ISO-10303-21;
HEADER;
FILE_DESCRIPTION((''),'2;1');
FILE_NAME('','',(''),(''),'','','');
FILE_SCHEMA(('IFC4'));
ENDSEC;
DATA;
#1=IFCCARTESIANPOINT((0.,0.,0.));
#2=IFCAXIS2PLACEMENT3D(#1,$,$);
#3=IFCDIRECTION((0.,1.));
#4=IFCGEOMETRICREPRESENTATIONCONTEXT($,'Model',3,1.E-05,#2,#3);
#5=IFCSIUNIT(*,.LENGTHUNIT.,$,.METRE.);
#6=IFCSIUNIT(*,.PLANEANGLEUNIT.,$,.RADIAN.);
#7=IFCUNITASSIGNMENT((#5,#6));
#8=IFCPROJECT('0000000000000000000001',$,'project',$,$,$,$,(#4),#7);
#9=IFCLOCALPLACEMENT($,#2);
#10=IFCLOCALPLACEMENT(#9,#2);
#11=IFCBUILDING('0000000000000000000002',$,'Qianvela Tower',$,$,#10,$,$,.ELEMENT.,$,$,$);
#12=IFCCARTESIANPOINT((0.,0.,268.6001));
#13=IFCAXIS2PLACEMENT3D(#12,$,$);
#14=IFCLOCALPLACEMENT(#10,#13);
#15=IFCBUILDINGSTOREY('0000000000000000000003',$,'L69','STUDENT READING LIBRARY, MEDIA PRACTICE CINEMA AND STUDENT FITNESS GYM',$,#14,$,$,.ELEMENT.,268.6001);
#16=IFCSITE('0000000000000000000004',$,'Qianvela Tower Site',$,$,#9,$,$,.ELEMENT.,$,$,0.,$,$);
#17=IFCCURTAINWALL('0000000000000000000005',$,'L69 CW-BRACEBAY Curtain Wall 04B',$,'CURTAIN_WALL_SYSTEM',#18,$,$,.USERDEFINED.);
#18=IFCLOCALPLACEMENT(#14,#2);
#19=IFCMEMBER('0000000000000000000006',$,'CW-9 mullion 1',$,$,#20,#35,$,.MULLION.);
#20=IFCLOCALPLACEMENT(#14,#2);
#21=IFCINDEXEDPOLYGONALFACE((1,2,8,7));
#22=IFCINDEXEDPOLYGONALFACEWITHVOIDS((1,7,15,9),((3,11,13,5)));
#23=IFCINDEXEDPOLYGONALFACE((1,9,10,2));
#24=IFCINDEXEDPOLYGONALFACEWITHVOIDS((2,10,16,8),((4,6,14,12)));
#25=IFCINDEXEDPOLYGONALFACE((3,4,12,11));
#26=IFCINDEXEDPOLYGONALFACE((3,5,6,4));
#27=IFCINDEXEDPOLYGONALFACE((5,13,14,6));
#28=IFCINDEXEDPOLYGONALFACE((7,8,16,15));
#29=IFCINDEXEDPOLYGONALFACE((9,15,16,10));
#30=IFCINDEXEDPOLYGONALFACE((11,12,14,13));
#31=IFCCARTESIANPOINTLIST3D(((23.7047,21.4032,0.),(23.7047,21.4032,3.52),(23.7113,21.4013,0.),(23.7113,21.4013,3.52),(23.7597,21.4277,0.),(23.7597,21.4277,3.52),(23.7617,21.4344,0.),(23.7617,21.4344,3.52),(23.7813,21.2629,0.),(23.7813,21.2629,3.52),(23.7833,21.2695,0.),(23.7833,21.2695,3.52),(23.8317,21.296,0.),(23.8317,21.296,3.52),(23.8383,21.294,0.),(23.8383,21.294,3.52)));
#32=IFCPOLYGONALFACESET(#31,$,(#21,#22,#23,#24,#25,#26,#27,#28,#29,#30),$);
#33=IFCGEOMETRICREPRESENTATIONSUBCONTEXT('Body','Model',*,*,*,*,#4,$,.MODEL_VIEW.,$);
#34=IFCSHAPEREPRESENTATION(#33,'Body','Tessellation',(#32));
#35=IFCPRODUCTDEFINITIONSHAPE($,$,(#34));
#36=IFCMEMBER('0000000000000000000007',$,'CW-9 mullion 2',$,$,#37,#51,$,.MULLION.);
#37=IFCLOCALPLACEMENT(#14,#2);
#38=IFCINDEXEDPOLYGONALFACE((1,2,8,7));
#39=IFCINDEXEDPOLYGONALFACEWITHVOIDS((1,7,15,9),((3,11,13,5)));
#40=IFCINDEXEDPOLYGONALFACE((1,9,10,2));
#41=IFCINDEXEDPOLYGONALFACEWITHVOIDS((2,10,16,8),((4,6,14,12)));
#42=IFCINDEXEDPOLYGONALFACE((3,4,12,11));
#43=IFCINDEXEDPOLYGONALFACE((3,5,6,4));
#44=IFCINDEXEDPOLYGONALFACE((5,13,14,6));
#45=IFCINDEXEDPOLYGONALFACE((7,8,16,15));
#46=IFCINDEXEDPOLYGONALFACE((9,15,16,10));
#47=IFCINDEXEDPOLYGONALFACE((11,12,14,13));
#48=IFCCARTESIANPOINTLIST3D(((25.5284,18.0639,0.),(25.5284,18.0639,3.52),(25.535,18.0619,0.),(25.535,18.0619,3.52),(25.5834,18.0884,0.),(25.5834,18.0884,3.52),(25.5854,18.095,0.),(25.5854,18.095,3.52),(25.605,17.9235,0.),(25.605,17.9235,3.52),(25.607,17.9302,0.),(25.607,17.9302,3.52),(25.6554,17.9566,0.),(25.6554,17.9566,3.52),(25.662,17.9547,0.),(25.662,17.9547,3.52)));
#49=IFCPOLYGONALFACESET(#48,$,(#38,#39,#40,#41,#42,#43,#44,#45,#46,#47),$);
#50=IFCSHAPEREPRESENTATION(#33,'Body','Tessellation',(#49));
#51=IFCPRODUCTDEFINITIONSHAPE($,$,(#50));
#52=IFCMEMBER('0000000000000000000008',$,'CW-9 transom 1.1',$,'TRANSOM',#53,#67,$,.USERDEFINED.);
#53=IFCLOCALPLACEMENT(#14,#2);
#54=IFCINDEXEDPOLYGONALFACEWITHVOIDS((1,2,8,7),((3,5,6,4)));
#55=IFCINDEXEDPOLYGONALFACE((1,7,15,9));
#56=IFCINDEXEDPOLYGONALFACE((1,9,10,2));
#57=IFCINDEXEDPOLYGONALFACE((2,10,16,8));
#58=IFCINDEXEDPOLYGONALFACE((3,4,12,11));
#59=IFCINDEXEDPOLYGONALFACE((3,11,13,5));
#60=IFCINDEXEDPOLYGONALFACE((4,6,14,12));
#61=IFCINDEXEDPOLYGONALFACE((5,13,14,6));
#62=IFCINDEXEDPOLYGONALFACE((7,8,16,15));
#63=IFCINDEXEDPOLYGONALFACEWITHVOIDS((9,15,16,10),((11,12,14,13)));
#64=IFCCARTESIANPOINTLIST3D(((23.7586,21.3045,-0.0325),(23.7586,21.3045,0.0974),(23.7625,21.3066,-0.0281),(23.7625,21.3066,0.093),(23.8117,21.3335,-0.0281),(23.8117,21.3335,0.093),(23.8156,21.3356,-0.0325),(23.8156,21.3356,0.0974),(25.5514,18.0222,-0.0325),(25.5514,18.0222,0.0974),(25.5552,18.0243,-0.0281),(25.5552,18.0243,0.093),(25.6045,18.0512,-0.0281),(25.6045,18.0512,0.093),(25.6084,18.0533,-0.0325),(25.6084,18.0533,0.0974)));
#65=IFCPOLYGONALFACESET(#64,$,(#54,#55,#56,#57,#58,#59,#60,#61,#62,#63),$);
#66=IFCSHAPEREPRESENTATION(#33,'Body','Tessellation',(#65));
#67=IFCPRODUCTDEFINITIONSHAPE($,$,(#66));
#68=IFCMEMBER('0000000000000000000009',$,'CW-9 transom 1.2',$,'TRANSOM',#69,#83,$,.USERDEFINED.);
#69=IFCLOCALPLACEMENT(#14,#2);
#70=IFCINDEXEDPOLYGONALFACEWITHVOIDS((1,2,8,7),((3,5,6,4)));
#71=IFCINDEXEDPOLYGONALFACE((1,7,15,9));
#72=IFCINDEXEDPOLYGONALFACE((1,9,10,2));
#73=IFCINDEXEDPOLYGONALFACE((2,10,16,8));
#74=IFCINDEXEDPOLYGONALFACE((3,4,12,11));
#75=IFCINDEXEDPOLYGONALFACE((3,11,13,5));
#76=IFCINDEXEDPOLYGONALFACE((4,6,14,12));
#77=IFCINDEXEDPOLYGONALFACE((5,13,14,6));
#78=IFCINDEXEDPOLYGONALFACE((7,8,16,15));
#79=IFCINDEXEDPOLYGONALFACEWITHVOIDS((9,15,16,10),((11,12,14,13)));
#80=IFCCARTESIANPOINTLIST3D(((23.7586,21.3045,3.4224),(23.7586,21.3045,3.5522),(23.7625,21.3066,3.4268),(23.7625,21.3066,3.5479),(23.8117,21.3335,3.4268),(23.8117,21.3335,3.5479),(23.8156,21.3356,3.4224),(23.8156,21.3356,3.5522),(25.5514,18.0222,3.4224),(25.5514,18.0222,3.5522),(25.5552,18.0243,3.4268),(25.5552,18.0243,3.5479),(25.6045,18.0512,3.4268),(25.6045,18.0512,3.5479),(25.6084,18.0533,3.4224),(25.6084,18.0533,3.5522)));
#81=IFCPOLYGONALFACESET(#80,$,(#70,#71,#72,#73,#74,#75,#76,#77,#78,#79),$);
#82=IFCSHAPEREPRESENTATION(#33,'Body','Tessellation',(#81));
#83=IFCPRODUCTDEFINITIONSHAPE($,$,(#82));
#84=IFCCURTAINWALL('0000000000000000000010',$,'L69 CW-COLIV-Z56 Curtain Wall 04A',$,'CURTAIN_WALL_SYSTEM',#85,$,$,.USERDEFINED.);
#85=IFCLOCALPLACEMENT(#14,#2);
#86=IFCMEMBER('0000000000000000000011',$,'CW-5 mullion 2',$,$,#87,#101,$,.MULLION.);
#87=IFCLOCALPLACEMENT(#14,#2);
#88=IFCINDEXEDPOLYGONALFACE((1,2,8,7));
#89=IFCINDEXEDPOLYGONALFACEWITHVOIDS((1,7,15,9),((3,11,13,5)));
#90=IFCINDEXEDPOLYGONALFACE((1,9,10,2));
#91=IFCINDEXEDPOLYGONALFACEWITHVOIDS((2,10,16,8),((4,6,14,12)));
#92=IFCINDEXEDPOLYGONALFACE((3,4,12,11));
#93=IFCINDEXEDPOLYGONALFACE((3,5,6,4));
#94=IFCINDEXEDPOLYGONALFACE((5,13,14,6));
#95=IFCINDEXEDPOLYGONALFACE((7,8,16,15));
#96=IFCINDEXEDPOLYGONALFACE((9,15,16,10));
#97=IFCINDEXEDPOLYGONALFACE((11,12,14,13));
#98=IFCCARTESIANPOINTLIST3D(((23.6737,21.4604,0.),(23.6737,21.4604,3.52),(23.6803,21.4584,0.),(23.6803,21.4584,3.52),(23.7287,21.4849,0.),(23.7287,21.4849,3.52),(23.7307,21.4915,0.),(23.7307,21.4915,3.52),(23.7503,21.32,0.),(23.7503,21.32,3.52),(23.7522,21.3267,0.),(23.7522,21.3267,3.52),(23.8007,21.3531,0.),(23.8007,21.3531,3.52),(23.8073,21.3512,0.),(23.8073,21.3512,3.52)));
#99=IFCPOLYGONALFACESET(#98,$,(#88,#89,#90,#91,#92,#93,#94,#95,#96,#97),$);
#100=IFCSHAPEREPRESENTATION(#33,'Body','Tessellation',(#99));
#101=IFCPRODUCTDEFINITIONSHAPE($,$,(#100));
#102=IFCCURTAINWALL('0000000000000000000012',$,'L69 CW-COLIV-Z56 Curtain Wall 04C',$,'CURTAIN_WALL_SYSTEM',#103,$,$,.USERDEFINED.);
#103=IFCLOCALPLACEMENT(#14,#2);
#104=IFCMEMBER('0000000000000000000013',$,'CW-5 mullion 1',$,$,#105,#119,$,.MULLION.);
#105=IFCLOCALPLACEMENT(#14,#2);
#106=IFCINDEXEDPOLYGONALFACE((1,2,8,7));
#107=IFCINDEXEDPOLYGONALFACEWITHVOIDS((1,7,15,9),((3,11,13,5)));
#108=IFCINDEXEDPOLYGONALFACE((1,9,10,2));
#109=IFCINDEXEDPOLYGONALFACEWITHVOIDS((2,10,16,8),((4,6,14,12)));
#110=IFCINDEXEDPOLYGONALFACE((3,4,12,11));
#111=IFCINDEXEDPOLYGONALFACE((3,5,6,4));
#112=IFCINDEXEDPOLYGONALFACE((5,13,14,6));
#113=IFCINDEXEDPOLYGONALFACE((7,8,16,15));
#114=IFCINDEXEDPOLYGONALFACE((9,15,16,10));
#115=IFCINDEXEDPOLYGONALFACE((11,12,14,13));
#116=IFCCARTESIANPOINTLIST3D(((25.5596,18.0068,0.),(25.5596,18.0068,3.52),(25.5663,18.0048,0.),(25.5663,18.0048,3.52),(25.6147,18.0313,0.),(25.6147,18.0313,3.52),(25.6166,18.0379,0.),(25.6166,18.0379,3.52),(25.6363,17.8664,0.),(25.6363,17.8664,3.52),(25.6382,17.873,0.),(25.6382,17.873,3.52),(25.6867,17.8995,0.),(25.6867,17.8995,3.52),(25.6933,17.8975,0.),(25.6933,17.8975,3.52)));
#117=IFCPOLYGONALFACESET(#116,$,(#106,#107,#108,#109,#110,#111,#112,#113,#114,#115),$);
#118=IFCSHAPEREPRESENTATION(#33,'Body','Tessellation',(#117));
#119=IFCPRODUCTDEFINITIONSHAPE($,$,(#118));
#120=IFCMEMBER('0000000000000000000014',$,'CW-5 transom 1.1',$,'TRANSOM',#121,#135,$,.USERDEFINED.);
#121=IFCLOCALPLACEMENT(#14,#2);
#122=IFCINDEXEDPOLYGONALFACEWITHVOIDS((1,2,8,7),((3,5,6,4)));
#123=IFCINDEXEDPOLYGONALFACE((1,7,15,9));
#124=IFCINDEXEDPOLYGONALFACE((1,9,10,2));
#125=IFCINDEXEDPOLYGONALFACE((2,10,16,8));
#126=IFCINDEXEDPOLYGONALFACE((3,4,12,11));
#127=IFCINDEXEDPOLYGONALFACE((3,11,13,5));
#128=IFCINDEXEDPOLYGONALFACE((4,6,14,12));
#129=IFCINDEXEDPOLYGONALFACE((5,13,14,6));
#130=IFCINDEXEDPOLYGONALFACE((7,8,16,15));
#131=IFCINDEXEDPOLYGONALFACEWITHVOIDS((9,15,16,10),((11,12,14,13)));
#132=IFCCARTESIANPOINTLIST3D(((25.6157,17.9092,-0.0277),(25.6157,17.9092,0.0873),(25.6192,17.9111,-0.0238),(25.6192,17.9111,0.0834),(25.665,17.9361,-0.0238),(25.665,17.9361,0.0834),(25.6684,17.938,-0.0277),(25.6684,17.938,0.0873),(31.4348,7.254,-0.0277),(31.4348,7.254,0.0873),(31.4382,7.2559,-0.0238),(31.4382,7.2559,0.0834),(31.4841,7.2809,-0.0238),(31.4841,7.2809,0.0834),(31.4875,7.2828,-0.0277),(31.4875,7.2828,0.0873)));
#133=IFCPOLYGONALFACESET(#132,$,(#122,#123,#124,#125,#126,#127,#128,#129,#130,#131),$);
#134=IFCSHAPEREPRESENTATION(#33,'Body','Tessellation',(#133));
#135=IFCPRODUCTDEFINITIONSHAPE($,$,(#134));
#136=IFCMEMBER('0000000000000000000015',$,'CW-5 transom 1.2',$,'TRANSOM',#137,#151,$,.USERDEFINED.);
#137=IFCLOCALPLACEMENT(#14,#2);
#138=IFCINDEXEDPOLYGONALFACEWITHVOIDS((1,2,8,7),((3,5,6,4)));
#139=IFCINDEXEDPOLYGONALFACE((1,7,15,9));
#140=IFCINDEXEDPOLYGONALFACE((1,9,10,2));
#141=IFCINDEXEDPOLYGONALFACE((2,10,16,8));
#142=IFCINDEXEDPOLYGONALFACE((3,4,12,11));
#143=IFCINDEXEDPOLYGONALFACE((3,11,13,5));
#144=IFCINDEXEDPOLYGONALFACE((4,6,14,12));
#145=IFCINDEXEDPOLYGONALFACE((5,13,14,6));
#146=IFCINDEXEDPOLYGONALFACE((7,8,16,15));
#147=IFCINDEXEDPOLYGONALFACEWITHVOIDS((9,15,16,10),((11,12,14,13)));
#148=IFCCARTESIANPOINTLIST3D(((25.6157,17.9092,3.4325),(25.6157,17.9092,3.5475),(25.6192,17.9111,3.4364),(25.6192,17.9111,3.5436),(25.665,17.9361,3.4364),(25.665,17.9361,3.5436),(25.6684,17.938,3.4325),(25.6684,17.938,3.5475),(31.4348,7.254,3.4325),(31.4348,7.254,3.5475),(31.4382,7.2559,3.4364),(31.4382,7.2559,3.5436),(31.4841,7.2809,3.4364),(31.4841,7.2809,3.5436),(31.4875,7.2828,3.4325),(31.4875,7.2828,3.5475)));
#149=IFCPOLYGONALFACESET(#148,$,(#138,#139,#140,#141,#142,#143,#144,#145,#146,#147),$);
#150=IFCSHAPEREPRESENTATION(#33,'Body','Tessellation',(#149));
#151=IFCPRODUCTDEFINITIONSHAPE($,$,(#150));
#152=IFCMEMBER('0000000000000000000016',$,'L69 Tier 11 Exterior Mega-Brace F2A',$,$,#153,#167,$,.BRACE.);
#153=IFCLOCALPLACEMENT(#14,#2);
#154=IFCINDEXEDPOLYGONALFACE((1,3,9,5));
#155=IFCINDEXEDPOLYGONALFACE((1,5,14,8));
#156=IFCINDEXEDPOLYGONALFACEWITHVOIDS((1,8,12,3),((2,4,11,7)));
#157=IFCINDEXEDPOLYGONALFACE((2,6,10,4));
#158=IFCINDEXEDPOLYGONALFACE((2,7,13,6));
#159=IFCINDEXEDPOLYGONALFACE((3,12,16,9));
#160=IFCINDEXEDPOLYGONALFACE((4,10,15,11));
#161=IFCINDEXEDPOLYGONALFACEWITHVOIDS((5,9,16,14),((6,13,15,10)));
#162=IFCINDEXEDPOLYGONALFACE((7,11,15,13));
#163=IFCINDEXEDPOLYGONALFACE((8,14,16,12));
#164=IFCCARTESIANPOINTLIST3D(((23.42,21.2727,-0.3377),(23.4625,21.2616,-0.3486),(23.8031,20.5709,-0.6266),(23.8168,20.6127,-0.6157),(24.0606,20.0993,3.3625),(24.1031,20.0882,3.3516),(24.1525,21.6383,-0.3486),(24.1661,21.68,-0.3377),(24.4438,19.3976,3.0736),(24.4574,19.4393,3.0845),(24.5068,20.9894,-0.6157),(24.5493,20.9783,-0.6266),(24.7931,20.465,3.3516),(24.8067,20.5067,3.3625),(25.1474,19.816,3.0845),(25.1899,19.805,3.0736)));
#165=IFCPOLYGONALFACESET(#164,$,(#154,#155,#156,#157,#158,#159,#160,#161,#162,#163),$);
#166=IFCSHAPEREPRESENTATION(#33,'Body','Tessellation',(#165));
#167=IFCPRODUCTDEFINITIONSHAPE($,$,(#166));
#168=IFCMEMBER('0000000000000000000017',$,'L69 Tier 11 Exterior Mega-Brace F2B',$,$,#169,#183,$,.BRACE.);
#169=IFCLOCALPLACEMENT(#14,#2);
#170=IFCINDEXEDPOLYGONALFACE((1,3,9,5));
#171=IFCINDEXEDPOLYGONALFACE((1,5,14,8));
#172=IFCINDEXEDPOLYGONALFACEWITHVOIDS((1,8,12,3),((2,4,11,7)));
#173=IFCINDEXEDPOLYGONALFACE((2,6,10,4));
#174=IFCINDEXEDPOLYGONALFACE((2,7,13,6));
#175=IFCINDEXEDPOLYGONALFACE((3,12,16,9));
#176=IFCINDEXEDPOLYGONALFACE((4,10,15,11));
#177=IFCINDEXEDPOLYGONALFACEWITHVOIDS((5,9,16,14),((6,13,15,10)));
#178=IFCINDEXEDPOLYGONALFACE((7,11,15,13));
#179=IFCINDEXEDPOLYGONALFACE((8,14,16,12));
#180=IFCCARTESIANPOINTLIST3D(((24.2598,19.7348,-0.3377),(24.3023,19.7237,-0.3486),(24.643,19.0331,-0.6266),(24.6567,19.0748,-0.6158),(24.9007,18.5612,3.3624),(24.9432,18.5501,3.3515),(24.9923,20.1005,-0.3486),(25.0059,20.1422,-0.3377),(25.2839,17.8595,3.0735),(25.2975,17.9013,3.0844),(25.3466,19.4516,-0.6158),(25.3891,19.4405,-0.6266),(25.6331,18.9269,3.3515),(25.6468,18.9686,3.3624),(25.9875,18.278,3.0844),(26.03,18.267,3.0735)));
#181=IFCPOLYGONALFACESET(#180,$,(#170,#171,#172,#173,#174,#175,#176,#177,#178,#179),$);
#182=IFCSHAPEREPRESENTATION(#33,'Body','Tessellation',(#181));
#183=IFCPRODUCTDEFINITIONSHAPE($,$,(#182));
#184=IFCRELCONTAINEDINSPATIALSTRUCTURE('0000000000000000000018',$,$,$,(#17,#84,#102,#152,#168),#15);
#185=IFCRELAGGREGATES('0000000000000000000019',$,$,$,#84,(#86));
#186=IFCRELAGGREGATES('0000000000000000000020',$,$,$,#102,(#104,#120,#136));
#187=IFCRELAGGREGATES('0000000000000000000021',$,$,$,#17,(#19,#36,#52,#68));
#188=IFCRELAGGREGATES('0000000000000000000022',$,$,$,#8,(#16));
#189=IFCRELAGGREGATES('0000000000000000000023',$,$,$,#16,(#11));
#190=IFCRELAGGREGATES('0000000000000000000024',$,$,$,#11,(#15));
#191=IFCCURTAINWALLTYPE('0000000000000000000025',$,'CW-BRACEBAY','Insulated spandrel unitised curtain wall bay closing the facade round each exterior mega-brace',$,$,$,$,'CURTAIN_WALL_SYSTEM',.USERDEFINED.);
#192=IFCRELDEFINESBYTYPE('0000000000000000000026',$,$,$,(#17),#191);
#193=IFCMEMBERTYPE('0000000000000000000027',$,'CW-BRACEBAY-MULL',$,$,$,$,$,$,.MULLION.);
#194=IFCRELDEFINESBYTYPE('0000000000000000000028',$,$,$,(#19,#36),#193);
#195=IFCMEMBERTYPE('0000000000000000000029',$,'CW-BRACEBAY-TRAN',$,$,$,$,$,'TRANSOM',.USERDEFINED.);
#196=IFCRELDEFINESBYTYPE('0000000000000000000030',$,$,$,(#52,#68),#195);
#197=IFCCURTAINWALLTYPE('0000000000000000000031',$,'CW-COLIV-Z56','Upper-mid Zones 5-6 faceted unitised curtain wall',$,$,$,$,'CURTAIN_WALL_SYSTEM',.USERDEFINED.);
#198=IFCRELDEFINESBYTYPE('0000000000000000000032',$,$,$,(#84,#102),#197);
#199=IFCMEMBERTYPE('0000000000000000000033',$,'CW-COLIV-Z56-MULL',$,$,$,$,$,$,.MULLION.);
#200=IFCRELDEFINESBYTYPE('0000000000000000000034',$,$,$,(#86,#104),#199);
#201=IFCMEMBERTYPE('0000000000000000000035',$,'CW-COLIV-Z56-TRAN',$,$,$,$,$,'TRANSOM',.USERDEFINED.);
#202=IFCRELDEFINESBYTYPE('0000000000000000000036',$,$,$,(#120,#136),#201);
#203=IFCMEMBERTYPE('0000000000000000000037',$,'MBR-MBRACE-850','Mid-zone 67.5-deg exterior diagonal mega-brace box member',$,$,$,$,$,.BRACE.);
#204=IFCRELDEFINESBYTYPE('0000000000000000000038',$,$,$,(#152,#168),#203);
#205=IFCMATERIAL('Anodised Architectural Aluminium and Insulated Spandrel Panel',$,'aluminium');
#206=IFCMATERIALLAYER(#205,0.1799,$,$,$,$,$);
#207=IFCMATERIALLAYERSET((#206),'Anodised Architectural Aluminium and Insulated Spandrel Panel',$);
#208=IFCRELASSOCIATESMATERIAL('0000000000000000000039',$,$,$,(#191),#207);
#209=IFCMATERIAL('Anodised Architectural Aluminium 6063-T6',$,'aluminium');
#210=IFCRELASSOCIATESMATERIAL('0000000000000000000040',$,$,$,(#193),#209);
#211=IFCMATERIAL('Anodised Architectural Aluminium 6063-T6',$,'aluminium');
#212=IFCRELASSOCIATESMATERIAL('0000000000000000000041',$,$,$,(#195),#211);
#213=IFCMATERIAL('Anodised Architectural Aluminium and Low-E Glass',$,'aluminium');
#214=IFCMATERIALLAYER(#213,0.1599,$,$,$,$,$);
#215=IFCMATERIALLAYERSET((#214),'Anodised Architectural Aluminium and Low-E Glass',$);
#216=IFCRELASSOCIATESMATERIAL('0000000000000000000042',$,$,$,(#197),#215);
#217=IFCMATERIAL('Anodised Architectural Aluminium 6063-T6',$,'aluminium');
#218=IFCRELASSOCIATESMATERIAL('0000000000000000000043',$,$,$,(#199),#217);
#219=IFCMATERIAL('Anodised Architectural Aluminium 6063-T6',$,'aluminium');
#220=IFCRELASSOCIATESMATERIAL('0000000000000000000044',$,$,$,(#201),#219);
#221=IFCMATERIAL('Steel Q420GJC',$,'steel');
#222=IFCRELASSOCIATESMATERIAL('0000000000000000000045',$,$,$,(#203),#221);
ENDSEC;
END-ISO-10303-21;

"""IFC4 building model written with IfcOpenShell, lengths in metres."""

from ifc_helpers import new_model, si_unit, direction, frame, origin, origin_2d, place, context, subcontext, project, spatial, hollow_rectangle, extrude, material, layer, layer_set, material_profile, profile_set, type_object, element, aggregate, save


model = new_model("IFC4")

# Units and contexts
model_context = context("Model", 3, precision=1e-05, world=origin(), true_north=direction((0.0, 1.0)))
body_context = subcontext(model_context, "Body", "Model", "MODEL_VIEW")
ifc_project = project(units=[si_unit("LENGTHUNIT", "METRE"), si_unit("PLANEANGLEUNIT", "RADIAN")], contexts=[model_context])

# Site, building, storey
site_placement = place(None, origin())
site = spatial("IfcSite", under=ifc_project, at=site_placement, Name="Qianvela Tower Site", CompositionType="ELEMENT", RefElevation=0.0)
building_placement = place(site_placement, origin())
building = spatial("IfcBuilding", under=site, at=building_placement, Name="Qianvela Tower", CompositionType="ELEMENT")
storey_placement = place(building_placement, frame((0.0, 0.0, 268.6001)))
storey = spatial("IfcBuildingStorey", under=building, at=storey_placement, Name="L69", Description="STUDENT READING LIBRARY, MEDIA PRACTICE CINEMA AND STUDENT FITNESS GYM", CompositionType="ELEMENT", Elevation=268.6001)

# Curtain wall, members
ifc_material_1 = material(Name="Anodised Architectural Aluminium and Insulated Spandrel Panel", Category="aluminium")
ifc_layer_1 = layer(ifc_material_1, 0.1799)
ifc_layer_set_1 = layer_set([ifc_layer_1], Name="Anodised Architectural Aluminium and Insulated Spandrel Panel")
curtain_wall_type_1 = type_object("IfcCurtainWallType", Name="CW-BRACEBAY", Description="Insulated spandrel unitised curtain wall bay closing the facade round each exterior mega-brace", ElementType="CURTAIN_WALL_SYSTEM", PredefinedType="USERDEFINED", material=ifc_layer_set_1)
curtain_wall_1_placement = place(storey_placement, origin())
curtain_wall_1 = element("IfcCurtainWall", 1, at=curtain_wall_1_placement, inside=storey, type_object=curtain_wall_type_1, Name="L69 CW-BRACEBAY Curtain Wall 04B", ObjectType="CURTAIN_WALL_SYSTEM", PredefinedType="USERDEFINED")
ifc_material_2 = material(Name="Anodised Architectural Aluminium 6063-T6", Category="aluminium")
ifc_material_profile_1 = material_profile(ifc_material_2, hollow_rectangle(XDim=0.0649, YDim=0.1599, WallThickness=0.0049, at=origin_2d()), Name="ALU-MULL-65x160")
ifc_profile_set_1 = profile_set([ifc_material_profile_1], Name="Anodised Architectural Aluminium 6063-T6")
member_type_1 = type_object("IfcMemberType", Name="CW-BRACEBAY-MULL", PredefinedType="MULLION", material=ifc_profile_set_1)
member_1_placement = place(storey_placement, frame((23.7715, 21.3486, 0.0), z_axis=(0.0, 0.0, 1.0), x_axis=(0.87765, 0.479303, 0.0)))
member_1 = element("IfcMember", 2, at=member_1_placement, type_object=member_type_1, Name="CW-9 mullion 1", PredefinedType="MULLION", context=body_context, shape_type="SweptSolid", body=[
    extrude(hollow_rectangle(XDim=0.0649, YDim=0.1599, WallThickness=0.0049, at=origin_2d()), origin(), (0.0, 0.0, 1.0), 3.52),
])
member_2_placement = place(storey_placement, frame((25.5952, 18.0093, 0.0), z_axis=(0.0, 0.0, 1.0), x_axis=(0.87765, 0.479303, 0.0)))
member_2 = element("IfcMember", 3, at=member_2_placement, type_object=member_type_1, Name="CW-9 mullion 2", PredefinedType="MULLION", context=body_context, shape_type="SweptSolid", body=[
    extrude(hollow_rectangle(XDim=0.0649, YDim=0.1599, WallThickness=0.0049, at=origin_2d()), origin(), (0.0, 0.0, 1.0), 3.52),
])
ifc_material_3 = material(Name="Anodised Architectural Aluminium 6063-T6", Category="aluminium")
ifc_material_profile_2 = material_profile(ifc_material_3, hollow_rectangle(XDim=0.0649, YDim=0.1299, WallThickness=0.0044, at=origin_2d()), Name="ALU-TRAN-65x130")
ifc_profile_set_2 = profile_set([ifc_material_profile_2], Name="Anodised Architectural Aluminium 6063-T6")
member_type_2 = type_object("IfcMemberType", Name="CW-BRACEBAY-TRAN", ElementType="TRANSOM", PredefinedType="USERDEFINED", material=ifc_profile_set_2)
member_3_placement = place(storey_placement, frame((23.7871, 21.3201, 0.0325), z_axis=(0.479351, -0.877624, 0.0), x_axis=(0.877624, 0.479351, 0.0)))
member_3 = element("IfcMember", 4, at=member_3_placement, type_object=member_type_2, Name="CW-9 transom 1.1", ObjectType="TRANSOM", PredefinedType="USERDEFINED", context=body_context, shape_type="SweptSolid", body=[
    extrude(hollow_rectangle(XDim=0.0649, YDim=0.1299, WallThickness=0.0044, at=origin_2d()), origin(), (0.0, 0.0, 1.0), 3.74),
])
member_4_placement = place(storey_placement, frame((23.7871, 21.3201, 3.4873), z_axis=(0.479351, -0.877624, 0.0), x_axis=(0.877624, 0.479351, 0.0)))
member_4 = element("IfcMember", 5, at=member_4_placement, type_object=member_type_2, Name="CW-9 transom 1.2", ObjectType="TRANSOM", PredefinedType="USERDEFINED", context=body_context, shape_type="SweptSolid", body=[
    extrude(hollow_rectangle(XDim=0.0649, YDim=0.1299, WallThickness=0.0044, at=origin_2d()), origin(), (0.0, 0.0, 1.0), 3.74),
])

# Curtain wall, member
ifc_material_4 = material(Name="Anodised Architectural Aluminium and Low-E Glass", Category="aluminium")
ifc_layer_2 = layer(ifc_material_4, 0.1599)
ifc_layer_set_2 = layer_set([ifc_layer_2], Name="Anodised Architectural Aluminium and Low-E Glass")
curtain_wall_type_2 = type_object("IfcCurtainWallType", Name="CW-COLIV-Z56", Description="Upper-mid Zones 5-6 faceted unitised curtain wall", ElementType="CURTAIN_WALL_SYSTEM", PredefinedType="USERDEFINED", material=ifc_layer_set_2)
curtain_wall_2_placement = place(storey_placement, origin())
curtain_wall_2 = element("IfcCurtainWall", 6, at=curtain_wall_2_placement, inside=storey, type_object=curtain_wall_type_2, Name="L69 CW-COLIV-Z56 Curtain Wall 04A", ObjectType="CURTAIN_WALL_SYSTEM", PredefinedType="USERDEFINED")
ifc_material_5 = material(Name="Anodised Architectural Aluminium 6063-T6", Category="aluminium")
ifc_material_profile_3 = material_profile(ifc_material_5, hollow_rectangle(XDim=0.0649, YDim=0.1599, WallThickness=0.0049, at=origin_2d()), Name="ALU-MULL-65x160")
ifc_profile_set_3 = profile_set([ifc_material_profile_3], Name="Anodised Architectural Aluminium 6063-T6")
member_type_3 = type_object("IfcMemberType", Name="CW-COLIV-Z56-MULL", PredefinedType="MULLION", material=ifc_profile_set_3)
member_5_placement = place(storey_placement, frame((23.7405, 21.4058, 0.0), z_axis=(0.0, 0.0, 1.0), x_axis=(0.877647, 0.479307, 0.0)))
member_5 = element("IfcMember", 7, at=member_5_placement, type_object=member_type_3, Name="CW-5 mullion 2", PredefinedType="MULLION", context=body_context, shape_type="SweptSolid", body=[
    extrude(hollow_rectangle(XDim=0.0649, YDim=0.1599, WallThickness=0.0049, at=origin_2d()), origin(), (0.0, 0.0, 1.0), 3.52),
])
aggregate(curtain_wall_2, [member_5])

# Curtain wall, members
curtain_wall_3_placement = place(storey_placement, origin())
curtain_wall_3 = element("IfcCurtainWall", 8, at=curtain_wall_3_placement, inside=storey, type_object=curtain_wall_type_2, Name="L69 CW-COLIV-Z56 Curtain Wall 04C", ObjectType="CURTAIN_WALL_SYSTEM", PredefinedType="USERDEFINED")
member_6_placement = place(storey_placement, frame((25.6265, 17.9521, 0.0), z_axis=(0.0, 0.0, 1.0), x_axis=(0.877649, 0.479303, 0.0)))
member_6 = element("IfcMember", 9, at=member_6_placement, type_object=member_type_3, Name="CW-5 mullion 1", PredefinedType="MULLION", context=body_context, shape_type="SweptSolid", body=[
    extrude(hollow_rectangle(XDim=0.0649, YDim=0.1599, WallThickness=0.0049, at=origin_2d()), origin(), (0.0, 0.0, 1.0), 3.52),
])
ifc_material_6 = material(Name="Anodised Architectural Aluminium 6063-T6", Category="aluminium")
ifc_material_profile_4 = material_profile(ifc_material_6, hollow_rectangle(XDim=0.0601, YDim=0.115, WallThickness=0.0039, at=origin_2d()), Name="ALU-TRAN-60x115")
ifc_profile_set_4 = profile_set([ifc_material_profile_4], Name="Anodised Architectural Aluminium 6063-T6")
member_type_4 = type_object("IfcMemberType", Name="CW-COLIV-Z56-TRAN", ElementType="TRANSOM", PredefinedType="USERDEFINED", material=ifc_profile_set_4)
member_7_placement = place(storey_placement, frame((25.6421, 17.9236, 0.0298), z_axis=(0.479304, -0.877649, 0.0), x_axis=(0.877649, 0.479304, 0.0)))
member_7 = element("IfcMember", 10, at=member_7_placement, type_object=member_type_4, Name="CW-5 transom 1.1", ObjectType="TRANSOM", PredefinedType="USERDEFINED", context=body_context, shape_type="SweptSolid", body=[
    extrude(hollow_rectangle(XDim=0.0601, YDim=0.115, WallThickness=0.0039, at=origin_2d()), origin(), (0.0, 0.0, 1.0), 12.1406),
])
member_8_placement = place(storey_placement, frame((25.6421, 17.9236, 3.49), z_axis=(0.479304, -0.877649, 0.0), x_axis=(0.877649, 0.479304, 0.0)))
member_8 = element("IfcMember", 11, at=member_8_placement, type_object=member_type_4, Name="CW-5 transom 1.2", ObjectType="TRANSOM", PredefinedType="USERDEFINED", context=body_context, shape_type="SweptSolid", body=[
    extrude(hollow_rectangle(XDim=0.0601, YDim=0.115, WallThickness=0.0039, at=origin_2d()), origin(), (0.0, 0.0, 1.0), 12.1406),
])
aggregate(curtain_wall_3, [member_6, member_7, member_8])

# Members
ifc_material_7 = material(Name="Steel Q420GJC", Category="steel")
ifc_material_profile_5 = material_profile(ifc_material_7, hollow_rectangle(XDim=0.8501, YDim=0.8501, WallThickness=0.032, at=origin_2d()), Name="MBOX-850x850x32")
ifc_profile_set_5 = profile_set([ifc_material_profile_5], Name="Steel Q420GJC")
member_type_5 = type_object("IfcMemberType", Name="MBR-MBRACE-850", Description="Mid-zone 67.5-deg exterior diagonal mega-brace box member", PredefinedType="BRACE", material=ifc_profile_set_5)
for number, where, z_axis, x_axis, name in (
    (12, (23.9846, 21.1255, -0.4822), (0.162832, -0.298235, 0.940501), (0.8777, 0.47921, 0.0), "L69 Tier 11 Exterior Mega-Brace F2A"),
    (13, (24.8245, 19.5876, -0.4822), (0.162889, -0.298288, 0.940474), (0.877665, 0.479274, 0.0), "L69 Tier 11 Exterior Mega-Brace F2B"),
):
    element("IfcMember", number, at=place(storey_placement, frame(where, z_axis=z_axis, x_axis=x_axis)), inside=storey, type_object=member_type_5, Name=name, PredefinedType="BRACE", context=body_context, shape_type="SweptSolid", body=[
        extrude(hollow_rectangle(XDim=0.8501, YDim=0.8501, WallThickness=0.032, at=origin_2d()), origin(), (0.0, 0.0, 1.0), 3.9343),
    ])

aggregate(curtain_wall_1, [member_1, member_2, member_3, member_4])

save(model, "model.ifc")
